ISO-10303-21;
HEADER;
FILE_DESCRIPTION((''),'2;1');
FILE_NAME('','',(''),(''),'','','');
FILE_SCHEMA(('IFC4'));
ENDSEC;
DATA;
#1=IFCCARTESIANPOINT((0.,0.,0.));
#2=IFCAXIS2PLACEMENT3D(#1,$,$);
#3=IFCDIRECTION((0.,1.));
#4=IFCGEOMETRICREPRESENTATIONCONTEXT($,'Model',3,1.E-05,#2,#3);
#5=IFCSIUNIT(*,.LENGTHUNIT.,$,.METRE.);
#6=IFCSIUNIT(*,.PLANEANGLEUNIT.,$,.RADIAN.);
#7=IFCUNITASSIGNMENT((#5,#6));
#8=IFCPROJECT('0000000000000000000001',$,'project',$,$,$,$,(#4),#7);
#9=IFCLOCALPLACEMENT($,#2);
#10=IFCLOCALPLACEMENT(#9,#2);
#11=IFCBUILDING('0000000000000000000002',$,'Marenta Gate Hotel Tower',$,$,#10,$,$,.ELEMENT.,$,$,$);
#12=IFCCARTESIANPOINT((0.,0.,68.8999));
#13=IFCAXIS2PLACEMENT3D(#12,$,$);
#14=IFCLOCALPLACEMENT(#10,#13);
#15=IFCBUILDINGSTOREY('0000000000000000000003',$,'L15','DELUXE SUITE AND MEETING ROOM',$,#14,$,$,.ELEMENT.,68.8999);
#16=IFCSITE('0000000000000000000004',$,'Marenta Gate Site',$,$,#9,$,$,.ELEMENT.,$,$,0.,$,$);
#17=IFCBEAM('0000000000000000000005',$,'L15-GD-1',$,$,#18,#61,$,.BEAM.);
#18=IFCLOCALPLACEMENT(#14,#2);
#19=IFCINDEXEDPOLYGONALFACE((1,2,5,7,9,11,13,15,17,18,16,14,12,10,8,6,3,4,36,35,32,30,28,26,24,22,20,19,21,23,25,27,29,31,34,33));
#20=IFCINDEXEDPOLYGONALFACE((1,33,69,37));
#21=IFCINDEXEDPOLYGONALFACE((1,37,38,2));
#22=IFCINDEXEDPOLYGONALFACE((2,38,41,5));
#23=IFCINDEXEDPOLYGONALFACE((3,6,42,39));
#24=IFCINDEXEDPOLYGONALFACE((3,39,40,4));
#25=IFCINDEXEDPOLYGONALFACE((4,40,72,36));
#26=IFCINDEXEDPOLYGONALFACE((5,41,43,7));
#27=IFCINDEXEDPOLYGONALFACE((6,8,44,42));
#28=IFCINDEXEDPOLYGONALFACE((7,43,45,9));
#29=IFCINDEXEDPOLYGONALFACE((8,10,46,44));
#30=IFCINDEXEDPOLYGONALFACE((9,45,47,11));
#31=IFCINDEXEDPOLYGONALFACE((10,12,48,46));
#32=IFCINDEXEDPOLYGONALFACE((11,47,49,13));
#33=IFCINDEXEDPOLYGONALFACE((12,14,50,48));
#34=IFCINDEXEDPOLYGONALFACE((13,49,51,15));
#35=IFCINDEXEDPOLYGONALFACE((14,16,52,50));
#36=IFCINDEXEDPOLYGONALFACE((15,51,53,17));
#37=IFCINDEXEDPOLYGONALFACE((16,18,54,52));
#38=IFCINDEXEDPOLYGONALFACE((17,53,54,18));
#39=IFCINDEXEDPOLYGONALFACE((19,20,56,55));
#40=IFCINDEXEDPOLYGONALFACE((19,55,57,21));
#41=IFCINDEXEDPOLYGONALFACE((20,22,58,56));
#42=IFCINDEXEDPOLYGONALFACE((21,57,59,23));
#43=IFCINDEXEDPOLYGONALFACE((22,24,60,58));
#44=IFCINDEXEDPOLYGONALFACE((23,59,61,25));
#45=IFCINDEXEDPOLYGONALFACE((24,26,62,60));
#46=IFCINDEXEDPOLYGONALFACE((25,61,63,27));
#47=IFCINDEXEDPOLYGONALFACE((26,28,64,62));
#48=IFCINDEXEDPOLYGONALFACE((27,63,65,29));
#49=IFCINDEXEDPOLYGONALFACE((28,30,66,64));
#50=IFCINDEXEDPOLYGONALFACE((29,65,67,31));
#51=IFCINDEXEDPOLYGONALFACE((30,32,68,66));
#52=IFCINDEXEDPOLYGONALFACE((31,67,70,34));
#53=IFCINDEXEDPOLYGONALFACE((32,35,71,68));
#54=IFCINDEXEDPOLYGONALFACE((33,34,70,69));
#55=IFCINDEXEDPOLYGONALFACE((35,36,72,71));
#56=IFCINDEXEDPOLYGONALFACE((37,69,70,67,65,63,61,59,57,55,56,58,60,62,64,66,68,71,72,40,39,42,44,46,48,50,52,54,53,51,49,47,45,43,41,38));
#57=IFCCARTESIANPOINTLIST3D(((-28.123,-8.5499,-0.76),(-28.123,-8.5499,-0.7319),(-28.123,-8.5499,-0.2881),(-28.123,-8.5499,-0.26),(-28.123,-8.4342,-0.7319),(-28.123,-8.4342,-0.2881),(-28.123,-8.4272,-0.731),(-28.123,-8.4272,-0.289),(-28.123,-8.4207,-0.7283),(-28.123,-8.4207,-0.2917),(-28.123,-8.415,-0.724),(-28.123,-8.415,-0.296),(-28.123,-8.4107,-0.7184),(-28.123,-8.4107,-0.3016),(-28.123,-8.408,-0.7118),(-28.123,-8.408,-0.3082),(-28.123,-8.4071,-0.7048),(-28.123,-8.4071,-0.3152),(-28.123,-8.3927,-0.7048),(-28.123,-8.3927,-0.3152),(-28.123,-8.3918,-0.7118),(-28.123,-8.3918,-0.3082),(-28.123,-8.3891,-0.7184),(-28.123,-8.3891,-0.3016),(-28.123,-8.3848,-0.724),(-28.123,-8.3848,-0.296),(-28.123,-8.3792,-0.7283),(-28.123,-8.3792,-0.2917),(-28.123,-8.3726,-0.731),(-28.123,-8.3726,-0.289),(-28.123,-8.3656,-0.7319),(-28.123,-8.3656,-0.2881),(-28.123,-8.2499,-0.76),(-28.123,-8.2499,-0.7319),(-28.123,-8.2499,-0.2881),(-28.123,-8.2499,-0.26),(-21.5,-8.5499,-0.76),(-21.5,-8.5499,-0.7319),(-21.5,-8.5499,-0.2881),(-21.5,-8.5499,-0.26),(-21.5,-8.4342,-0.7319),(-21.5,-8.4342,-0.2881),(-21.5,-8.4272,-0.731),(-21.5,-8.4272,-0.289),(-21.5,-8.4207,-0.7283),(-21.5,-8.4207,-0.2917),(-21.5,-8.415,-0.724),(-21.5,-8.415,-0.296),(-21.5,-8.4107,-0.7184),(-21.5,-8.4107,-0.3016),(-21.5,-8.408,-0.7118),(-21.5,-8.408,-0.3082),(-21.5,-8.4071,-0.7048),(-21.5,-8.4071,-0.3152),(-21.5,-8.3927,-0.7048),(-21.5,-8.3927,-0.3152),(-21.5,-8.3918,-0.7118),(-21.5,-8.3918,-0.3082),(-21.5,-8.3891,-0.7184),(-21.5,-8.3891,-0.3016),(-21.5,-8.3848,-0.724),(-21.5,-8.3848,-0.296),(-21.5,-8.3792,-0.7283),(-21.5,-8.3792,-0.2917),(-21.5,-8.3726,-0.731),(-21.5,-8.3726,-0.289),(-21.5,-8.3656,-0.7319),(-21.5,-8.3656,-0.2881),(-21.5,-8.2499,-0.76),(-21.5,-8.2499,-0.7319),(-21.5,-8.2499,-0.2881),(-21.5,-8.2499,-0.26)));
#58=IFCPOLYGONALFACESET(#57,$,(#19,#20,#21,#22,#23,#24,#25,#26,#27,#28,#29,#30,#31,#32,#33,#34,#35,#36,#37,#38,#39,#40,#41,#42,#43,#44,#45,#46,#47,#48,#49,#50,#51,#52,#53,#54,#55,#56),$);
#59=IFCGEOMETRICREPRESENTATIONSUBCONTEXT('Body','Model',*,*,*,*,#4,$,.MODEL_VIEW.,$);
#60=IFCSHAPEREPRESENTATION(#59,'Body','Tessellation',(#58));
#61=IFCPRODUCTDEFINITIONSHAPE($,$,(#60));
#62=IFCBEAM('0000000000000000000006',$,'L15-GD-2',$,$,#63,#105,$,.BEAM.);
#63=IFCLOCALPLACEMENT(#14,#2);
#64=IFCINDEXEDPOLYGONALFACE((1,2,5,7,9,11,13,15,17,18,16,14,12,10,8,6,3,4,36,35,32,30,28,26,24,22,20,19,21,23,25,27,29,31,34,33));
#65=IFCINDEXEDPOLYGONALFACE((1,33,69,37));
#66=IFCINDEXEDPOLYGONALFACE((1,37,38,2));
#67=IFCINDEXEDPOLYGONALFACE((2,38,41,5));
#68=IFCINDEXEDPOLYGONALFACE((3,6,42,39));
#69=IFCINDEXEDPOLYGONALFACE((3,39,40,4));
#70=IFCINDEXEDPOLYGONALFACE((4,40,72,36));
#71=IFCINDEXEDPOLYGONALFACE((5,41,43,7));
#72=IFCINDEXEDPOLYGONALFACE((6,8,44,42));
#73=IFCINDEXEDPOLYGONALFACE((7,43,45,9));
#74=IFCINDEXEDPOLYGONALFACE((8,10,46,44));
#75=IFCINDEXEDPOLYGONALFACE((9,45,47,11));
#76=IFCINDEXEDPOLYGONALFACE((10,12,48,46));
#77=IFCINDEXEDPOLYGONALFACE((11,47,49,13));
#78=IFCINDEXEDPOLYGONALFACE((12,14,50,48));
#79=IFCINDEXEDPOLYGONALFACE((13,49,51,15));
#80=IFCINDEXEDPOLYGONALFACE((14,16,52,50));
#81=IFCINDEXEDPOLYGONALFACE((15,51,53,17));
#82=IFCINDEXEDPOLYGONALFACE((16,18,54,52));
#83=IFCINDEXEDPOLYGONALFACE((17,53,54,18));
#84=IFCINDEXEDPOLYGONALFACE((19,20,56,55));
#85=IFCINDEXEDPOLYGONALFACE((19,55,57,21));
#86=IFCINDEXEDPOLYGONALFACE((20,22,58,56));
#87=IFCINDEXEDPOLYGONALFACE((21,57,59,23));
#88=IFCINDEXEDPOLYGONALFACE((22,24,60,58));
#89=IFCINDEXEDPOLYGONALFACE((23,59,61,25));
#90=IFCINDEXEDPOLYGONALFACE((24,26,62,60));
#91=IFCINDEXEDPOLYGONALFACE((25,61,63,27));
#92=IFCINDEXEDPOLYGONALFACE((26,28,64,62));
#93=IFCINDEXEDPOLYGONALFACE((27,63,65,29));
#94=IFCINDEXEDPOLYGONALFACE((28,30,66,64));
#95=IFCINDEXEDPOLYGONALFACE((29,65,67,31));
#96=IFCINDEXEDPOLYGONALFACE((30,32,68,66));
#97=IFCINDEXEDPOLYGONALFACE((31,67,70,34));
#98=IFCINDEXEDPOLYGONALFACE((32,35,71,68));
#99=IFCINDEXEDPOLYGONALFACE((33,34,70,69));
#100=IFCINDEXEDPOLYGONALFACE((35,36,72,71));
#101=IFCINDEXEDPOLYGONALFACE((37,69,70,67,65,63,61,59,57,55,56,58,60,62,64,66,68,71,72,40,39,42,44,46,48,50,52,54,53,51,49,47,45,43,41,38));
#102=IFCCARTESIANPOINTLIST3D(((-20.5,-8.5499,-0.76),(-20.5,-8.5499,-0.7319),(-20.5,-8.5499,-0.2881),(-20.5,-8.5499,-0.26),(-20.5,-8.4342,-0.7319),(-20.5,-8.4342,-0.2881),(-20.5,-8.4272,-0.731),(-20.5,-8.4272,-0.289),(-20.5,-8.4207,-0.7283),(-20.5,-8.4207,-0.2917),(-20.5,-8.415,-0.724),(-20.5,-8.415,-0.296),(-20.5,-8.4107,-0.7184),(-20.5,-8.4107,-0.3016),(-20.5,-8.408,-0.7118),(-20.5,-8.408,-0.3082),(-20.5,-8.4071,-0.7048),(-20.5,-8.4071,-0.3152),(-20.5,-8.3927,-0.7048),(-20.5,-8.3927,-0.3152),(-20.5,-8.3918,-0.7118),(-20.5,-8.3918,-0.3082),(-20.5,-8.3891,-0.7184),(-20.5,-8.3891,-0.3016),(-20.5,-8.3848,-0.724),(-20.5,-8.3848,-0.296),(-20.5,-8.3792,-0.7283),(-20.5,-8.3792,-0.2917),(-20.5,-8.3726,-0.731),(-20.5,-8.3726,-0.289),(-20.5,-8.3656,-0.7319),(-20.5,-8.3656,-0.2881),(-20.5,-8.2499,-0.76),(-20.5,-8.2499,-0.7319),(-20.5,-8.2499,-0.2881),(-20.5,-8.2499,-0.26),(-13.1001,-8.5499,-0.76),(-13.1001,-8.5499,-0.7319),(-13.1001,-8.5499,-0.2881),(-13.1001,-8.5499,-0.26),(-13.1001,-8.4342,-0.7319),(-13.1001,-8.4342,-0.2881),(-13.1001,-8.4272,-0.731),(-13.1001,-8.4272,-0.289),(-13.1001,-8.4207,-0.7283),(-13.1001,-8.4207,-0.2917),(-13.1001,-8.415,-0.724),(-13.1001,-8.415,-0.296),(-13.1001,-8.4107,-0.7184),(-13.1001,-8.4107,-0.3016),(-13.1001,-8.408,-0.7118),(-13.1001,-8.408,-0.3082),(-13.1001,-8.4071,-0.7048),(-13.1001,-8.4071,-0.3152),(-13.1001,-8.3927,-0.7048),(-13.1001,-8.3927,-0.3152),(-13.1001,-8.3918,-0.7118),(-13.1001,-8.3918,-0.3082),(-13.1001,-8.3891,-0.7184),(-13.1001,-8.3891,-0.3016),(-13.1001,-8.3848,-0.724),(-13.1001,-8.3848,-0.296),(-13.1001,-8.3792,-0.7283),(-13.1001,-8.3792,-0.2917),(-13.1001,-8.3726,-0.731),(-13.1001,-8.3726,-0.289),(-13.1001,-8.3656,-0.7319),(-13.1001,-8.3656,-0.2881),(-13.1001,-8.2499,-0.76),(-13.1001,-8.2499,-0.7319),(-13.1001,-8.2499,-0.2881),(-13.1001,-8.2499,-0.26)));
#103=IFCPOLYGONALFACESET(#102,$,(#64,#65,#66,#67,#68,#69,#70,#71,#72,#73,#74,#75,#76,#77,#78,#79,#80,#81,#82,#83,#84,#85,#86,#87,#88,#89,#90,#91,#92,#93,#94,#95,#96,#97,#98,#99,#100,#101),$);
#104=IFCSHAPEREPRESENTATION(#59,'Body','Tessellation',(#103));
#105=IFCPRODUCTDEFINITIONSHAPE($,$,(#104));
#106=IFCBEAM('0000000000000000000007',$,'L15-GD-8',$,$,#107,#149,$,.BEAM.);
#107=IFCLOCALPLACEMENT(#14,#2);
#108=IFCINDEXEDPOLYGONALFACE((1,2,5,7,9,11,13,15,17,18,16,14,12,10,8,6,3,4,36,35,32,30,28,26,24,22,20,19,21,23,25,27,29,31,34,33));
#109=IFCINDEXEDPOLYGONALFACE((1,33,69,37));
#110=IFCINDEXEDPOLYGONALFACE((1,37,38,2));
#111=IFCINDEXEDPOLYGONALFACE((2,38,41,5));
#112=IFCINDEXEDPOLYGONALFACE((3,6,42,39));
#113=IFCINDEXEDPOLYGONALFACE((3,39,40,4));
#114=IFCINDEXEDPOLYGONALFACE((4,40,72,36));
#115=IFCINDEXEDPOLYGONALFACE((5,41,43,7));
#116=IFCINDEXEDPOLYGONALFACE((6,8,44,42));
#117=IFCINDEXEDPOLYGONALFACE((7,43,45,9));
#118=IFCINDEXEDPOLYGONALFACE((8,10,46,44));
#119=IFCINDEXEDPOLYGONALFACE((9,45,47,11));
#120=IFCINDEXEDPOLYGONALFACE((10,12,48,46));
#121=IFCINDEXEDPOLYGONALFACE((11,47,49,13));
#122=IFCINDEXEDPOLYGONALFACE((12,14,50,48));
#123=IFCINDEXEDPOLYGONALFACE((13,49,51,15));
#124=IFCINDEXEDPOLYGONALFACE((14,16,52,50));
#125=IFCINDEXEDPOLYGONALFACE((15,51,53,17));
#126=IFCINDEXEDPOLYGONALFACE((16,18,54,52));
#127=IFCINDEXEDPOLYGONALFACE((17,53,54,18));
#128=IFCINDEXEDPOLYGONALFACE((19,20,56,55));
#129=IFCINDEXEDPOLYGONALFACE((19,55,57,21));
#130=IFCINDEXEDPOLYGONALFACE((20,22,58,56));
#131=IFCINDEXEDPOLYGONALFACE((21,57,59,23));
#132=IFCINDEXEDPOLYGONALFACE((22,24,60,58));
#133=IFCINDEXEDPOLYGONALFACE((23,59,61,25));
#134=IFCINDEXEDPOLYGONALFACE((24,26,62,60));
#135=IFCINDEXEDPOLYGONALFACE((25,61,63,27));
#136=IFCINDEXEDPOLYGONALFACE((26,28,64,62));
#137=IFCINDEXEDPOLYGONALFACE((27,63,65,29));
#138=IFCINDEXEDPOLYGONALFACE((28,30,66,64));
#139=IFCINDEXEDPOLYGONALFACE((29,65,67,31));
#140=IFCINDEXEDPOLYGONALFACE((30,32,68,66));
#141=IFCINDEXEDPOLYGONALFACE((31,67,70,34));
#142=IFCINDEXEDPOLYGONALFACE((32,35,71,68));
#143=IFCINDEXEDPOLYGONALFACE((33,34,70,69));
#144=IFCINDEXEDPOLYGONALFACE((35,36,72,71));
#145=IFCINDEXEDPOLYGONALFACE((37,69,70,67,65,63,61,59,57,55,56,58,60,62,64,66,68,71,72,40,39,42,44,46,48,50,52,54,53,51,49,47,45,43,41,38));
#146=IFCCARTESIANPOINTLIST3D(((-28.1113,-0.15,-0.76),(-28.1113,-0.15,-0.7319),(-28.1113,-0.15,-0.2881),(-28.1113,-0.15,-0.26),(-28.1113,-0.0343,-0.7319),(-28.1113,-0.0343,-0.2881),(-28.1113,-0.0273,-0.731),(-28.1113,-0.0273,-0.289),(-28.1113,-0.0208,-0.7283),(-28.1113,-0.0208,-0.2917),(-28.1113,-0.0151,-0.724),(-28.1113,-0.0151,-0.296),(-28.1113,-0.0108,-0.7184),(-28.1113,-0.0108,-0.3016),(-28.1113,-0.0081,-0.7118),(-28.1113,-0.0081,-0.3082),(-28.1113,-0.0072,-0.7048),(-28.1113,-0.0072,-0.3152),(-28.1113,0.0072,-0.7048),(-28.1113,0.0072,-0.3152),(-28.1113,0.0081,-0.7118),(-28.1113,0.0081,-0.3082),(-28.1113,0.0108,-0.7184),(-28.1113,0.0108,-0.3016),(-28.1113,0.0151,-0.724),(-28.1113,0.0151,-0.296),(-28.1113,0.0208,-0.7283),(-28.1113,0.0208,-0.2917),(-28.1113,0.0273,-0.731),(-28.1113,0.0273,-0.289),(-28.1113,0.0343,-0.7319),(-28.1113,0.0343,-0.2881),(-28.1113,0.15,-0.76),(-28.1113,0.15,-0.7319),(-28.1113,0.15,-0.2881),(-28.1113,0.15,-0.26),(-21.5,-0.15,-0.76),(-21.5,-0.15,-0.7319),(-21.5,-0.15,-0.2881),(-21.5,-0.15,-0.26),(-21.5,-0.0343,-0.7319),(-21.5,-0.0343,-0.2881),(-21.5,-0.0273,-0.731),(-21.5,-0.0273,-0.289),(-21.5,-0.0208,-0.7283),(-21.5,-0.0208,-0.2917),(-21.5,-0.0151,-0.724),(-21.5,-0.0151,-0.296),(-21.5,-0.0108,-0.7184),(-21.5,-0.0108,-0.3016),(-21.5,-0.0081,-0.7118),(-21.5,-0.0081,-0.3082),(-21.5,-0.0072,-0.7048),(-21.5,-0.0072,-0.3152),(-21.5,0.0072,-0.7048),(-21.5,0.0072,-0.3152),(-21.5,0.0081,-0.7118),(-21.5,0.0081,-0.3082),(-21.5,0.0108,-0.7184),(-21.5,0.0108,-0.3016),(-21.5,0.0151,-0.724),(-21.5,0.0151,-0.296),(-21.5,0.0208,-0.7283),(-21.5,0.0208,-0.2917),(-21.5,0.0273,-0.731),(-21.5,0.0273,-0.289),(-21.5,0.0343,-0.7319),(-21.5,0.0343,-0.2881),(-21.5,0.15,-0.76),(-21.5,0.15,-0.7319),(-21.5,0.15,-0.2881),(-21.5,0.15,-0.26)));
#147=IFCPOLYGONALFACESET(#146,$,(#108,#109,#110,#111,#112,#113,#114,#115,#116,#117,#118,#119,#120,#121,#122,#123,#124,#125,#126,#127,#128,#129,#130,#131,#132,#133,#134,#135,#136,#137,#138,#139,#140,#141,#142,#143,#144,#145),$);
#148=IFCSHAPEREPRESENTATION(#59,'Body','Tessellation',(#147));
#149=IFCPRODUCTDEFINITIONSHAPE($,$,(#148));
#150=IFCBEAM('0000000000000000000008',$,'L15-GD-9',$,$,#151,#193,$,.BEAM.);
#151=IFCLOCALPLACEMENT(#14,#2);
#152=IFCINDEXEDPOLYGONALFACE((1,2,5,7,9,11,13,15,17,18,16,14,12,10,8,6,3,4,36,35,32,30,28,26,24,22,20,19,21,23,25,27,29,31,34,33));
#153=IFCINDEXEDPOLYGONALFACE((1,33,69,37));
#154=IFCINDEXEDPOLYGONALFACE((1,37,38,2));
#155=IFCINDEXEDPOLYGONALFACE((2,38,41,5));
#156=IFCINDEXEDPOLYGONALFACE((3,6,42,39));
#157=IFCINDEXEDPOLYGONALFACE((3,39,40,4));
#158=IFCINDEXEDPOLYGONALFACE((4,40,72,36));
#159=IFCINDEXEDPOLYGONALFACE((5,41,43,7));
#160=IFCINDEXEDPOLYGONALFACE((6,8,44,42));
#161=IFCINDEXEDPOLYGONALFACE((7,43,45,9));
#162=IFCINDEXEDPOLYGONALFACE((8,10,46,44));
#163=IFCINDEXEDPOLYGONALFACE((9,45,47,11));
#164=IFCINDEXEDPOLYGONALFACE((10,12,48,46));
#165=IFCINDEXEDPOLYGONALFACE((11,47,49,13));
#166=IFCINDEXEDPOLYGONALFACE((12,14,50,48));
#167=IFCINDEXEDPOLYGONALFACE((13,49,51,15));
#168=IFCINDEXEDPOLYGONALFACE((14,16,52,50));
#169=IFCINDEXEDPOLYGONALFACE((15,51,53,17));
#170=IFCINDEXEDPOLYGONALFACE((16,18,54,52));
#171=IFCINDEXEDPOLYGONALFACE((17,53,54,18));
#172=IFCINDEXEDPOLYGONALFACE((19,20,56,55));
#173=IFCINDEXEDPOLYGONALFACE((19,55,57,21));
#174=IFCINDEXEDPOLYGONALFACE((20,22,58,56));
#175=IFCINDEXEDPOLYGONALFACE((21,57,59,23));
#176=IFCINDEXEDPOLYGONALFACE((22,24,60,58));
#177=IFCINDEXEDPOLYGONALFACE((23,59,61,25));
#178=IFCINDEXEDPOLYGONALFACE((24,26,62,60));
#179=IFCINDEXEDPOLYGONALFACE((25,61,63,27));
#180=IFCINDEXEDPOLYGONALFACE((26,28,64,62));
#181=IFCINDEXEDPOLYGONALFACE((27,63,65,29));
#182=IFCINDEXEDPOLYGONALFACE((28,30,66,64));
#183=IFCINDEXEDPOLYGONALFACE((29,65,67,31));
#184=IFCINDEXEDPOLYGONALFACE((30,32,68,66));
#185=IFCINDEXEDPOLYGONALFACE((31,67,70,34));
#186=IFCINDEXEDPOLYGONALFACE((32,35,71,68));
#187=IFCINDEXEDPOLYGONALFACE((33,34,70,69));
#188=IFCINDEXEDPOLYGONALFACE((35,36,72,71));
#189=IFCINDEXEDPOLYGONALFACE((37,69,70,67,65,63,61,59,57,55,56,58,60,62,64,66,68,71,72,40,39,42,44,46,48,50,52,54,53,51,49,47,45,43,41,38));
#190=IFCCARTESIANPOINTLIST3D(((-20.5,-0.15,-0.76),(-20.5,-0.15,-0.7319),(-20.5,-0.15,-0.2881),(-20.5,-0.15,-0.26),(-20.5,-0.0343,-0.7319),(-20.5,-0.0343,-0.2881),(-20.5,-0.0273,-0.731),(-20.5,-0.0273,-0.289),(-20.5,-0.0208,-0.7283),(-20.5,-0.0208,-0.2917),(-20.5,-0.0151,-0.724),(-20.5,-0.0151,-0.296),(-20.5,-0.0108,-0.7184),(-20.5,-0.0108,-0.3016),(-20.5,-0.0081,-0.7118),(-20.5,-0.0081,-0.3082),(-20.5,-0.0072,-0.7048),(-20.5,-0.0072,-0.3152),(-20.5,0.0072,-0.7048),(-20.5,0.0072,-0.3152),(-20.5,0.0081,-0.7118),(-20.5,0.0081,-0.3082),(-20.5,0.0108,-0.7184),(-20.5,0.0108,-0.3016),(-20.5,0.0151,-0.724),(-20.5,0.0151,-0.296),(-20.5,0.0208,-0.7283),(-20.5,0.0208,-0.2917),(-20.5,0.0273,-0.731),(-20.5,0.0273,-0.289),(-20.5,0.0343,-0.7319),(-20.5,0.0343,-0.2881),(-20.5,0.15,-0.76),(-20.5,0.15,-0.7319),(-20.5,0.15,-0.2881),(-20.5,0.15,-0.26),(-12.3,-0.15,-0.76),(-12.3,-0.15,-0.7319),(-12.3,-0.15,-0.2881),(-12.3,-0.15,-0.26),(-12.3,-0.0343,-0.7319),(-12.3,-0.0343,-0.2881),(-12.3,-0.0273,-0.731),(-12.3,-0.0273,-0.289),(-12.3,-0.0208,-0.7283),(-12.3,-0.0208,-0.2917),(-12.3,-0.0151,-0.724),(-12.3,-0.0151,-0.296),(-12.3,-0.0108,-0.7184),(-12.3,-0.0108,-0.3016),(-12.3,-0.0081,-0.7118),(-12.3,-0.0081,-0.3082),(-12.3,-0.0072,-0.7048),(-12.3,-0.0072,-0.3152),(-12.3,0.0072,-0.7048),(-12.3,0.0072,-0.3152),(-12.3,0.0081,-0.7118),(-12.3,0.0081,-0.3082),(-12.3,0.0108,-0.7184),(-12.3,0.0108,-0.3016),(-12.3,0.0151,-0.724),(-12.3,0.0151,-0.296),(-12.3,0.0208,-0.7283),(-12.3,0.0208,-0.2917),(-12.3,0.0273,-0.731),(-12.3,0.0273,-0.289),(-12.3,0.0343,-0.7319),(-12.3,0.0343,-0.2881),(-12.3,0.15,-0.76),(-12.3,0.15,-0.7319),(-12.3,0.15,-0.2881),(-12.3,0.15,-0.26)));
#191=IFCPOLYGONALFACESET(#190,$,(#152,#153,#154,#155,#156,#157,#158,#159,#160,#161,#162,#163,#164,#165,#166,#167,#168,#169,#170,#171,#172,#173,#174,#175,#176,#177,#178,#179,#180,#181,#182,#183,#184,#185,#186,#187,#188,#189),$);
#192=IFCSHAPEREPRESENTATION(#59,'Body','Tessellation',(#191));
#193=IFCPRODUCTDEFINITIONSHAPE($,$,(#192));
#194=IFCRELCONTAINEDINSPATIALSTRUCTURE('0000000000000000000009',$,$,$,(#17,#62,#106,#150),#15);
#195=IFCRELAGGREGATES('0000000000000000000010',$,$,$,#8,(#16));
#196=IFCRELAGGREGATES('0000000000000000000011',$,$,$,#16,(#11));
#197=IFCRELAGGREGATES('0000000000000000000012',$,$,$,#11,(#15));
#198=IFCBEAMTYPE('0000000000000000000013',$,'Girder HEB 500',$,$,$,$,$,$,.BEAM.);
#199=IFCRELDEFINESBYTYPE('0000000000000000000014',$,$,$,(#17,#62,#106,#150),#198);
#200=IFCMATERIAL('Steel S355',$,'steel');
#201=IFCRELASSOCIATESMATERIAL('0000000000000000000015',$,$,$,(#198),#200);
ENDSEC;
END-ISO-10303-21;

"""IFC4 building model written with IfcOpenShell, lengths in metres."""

from ifc_helpers import new_model, si_unit, direction, frame, origin, origin_2d, place, context, subcontext, project, spatial, i_section, extrude, material, material_profile, profile_set, type_object, element, save


model = new_model("IFC4")

# Units and contexts
model_context = context("Model", 3, precision=1e-05, world=origin(), true_north=direction((0.0, 1.0)))
body_context = subcontext(model_context, "Body", "Model", "MODEL_VIEW")
ifc_project = project(units=[si_unit("LENGTHUNIT", "METRE"), si_unit("PLANEANGLEUNIT", "RADIAN")], contexts=[model_context])

# Site, building, storey
site_placement = place(None, origin())
site = spatial("IfcSite", under=ifc_project, at=site_placement, Name="Marenta Gate Site", CompositionType="ELEMENT", RefElevation=0.0)
building_placement = place(site_placement, origin())
building = spatial("IfcBuilding", under=site, at=building_placement, Name="Marenta Gate Hotel Tower", CompositionType="ELEMENT")
storey_placement = place(building_placement, frame((0.0, 0.0, 68.8999)))
storey = spatial("IfcBuildingStorey", under=building, at=storey_placement, Name="L15", Description="DELUXE SUITE AND MEETING ROOM", CompositionType="ELEMENT", Elevation=68.8999)

# Beams
ifc_material_1 = material(Name="Steel S355", Category="steel")
ifc_material_profile_1 = material_profile(ifc_material_1, i_section(OverallWidth=0.3, OverallDepth=0.5, WebThickness=0.0144, FlangeThickness=0.0281, FilletRadius=0.0271, at=origin_2d()), Name="HEB 500")
ifc_profile_set_1 = profile_set([ifc_material_profile_1], Name="Steel S355")
beam_type_1 = type_object("IfcBeamType", Name="Girder HEB 500", PredefinedType="BEAM", material=ifc_profile_set_1)
beam_1_placement = place(storey_placement, frame((-28.123, -8.3999, -0.51), z_axis=(1.0, 0.0, 0.0), x_axis=(0.0, 1.0, 0.0)))
element("IfcBeam", 1, at=beam_1_placement, inside=storey, type_object=beam_type_1, Name="L15-GD-1", PredefinedType="BEAM", context=body_context, shape_type="SweptSolid", body=[
    extrude(i_section(OverallWidth=0.3, OverallDepth=0.5, WebThickness=0.0144, FlangeThickness=0.0281, FilletRadius=0.0271, at=origin_2d()), origin(), (0.0, 0.0, 1.0), 6.623),
])
beam_2_placement = place(storey_placement, frame((-20.5, -8.3999, -0.51), z_axis=(1.0, 0.0, 0.0), x_axis=(0.0, 1.0, 0.0)))
element("IfcBeam", 2, at=beam_2_placement, inside=storey, type_object=beam_type_1, Name="L15-GD-2", PredefinedType="BEAM", context=body_context, shape_type="SweptSolid", body=[
    extrude(i_section(OverallWidth=0.3, OverallDepth=0.5, WebThickness=0.0144, FlangeThickness=0.0281, FilletRadius=0.0271, at=origin_2d()), origin(), (0.0, 0.0, 1.0), 7.3999),
])
beam_3_placement = place(storey_placement, frame((-28.1113, 0.0, -0.51), z_axis=(1.0, 0.0, 0.0), x_axis=(0.0, 1.0, 0.0)))
element("IfcBeam", 3, at=beam_3_placement, inside=storey, type_object=beam_type_1, Name="L15-GD-8", PredefinedType="BEAM", context=body_context, shape_type="SweptSolid", body=[
    extrude(i_section(OverallWidth=0.3, OverallDepth=0.5, WebThickness=0.0144, FlangeThickness=0.0281, FilletRadius=0.0271, at=origin_2d()), origin(), (0.0, 0.0, 1.0), 6.6113),
])
beam_4_placement = place(storey_placement, frame((-20.5, 0.0, -0.51), z_axis=(1.0, 0.0, 0.0), x_axis=(0.0, 1.0, 0.0)))
element("IfcBeam", 4, at=beam_4_placement, inside=storey, type_object=beam_type_1, Name="L15-GD-9", PredefinedType="BEAM", context=body_context, shape_type="SweptSolid", body=[
    extrude(i_section(OverallWidth=0.3, OverallDepth=0.5, WebThickness=0.0144, FlangeThickness=0.0281, FilletRadius=0.0271, at=origin_2d()), origin(), (0.0, 0.0, 1.0), 8.2),
])

save(model, "model.ifc")
